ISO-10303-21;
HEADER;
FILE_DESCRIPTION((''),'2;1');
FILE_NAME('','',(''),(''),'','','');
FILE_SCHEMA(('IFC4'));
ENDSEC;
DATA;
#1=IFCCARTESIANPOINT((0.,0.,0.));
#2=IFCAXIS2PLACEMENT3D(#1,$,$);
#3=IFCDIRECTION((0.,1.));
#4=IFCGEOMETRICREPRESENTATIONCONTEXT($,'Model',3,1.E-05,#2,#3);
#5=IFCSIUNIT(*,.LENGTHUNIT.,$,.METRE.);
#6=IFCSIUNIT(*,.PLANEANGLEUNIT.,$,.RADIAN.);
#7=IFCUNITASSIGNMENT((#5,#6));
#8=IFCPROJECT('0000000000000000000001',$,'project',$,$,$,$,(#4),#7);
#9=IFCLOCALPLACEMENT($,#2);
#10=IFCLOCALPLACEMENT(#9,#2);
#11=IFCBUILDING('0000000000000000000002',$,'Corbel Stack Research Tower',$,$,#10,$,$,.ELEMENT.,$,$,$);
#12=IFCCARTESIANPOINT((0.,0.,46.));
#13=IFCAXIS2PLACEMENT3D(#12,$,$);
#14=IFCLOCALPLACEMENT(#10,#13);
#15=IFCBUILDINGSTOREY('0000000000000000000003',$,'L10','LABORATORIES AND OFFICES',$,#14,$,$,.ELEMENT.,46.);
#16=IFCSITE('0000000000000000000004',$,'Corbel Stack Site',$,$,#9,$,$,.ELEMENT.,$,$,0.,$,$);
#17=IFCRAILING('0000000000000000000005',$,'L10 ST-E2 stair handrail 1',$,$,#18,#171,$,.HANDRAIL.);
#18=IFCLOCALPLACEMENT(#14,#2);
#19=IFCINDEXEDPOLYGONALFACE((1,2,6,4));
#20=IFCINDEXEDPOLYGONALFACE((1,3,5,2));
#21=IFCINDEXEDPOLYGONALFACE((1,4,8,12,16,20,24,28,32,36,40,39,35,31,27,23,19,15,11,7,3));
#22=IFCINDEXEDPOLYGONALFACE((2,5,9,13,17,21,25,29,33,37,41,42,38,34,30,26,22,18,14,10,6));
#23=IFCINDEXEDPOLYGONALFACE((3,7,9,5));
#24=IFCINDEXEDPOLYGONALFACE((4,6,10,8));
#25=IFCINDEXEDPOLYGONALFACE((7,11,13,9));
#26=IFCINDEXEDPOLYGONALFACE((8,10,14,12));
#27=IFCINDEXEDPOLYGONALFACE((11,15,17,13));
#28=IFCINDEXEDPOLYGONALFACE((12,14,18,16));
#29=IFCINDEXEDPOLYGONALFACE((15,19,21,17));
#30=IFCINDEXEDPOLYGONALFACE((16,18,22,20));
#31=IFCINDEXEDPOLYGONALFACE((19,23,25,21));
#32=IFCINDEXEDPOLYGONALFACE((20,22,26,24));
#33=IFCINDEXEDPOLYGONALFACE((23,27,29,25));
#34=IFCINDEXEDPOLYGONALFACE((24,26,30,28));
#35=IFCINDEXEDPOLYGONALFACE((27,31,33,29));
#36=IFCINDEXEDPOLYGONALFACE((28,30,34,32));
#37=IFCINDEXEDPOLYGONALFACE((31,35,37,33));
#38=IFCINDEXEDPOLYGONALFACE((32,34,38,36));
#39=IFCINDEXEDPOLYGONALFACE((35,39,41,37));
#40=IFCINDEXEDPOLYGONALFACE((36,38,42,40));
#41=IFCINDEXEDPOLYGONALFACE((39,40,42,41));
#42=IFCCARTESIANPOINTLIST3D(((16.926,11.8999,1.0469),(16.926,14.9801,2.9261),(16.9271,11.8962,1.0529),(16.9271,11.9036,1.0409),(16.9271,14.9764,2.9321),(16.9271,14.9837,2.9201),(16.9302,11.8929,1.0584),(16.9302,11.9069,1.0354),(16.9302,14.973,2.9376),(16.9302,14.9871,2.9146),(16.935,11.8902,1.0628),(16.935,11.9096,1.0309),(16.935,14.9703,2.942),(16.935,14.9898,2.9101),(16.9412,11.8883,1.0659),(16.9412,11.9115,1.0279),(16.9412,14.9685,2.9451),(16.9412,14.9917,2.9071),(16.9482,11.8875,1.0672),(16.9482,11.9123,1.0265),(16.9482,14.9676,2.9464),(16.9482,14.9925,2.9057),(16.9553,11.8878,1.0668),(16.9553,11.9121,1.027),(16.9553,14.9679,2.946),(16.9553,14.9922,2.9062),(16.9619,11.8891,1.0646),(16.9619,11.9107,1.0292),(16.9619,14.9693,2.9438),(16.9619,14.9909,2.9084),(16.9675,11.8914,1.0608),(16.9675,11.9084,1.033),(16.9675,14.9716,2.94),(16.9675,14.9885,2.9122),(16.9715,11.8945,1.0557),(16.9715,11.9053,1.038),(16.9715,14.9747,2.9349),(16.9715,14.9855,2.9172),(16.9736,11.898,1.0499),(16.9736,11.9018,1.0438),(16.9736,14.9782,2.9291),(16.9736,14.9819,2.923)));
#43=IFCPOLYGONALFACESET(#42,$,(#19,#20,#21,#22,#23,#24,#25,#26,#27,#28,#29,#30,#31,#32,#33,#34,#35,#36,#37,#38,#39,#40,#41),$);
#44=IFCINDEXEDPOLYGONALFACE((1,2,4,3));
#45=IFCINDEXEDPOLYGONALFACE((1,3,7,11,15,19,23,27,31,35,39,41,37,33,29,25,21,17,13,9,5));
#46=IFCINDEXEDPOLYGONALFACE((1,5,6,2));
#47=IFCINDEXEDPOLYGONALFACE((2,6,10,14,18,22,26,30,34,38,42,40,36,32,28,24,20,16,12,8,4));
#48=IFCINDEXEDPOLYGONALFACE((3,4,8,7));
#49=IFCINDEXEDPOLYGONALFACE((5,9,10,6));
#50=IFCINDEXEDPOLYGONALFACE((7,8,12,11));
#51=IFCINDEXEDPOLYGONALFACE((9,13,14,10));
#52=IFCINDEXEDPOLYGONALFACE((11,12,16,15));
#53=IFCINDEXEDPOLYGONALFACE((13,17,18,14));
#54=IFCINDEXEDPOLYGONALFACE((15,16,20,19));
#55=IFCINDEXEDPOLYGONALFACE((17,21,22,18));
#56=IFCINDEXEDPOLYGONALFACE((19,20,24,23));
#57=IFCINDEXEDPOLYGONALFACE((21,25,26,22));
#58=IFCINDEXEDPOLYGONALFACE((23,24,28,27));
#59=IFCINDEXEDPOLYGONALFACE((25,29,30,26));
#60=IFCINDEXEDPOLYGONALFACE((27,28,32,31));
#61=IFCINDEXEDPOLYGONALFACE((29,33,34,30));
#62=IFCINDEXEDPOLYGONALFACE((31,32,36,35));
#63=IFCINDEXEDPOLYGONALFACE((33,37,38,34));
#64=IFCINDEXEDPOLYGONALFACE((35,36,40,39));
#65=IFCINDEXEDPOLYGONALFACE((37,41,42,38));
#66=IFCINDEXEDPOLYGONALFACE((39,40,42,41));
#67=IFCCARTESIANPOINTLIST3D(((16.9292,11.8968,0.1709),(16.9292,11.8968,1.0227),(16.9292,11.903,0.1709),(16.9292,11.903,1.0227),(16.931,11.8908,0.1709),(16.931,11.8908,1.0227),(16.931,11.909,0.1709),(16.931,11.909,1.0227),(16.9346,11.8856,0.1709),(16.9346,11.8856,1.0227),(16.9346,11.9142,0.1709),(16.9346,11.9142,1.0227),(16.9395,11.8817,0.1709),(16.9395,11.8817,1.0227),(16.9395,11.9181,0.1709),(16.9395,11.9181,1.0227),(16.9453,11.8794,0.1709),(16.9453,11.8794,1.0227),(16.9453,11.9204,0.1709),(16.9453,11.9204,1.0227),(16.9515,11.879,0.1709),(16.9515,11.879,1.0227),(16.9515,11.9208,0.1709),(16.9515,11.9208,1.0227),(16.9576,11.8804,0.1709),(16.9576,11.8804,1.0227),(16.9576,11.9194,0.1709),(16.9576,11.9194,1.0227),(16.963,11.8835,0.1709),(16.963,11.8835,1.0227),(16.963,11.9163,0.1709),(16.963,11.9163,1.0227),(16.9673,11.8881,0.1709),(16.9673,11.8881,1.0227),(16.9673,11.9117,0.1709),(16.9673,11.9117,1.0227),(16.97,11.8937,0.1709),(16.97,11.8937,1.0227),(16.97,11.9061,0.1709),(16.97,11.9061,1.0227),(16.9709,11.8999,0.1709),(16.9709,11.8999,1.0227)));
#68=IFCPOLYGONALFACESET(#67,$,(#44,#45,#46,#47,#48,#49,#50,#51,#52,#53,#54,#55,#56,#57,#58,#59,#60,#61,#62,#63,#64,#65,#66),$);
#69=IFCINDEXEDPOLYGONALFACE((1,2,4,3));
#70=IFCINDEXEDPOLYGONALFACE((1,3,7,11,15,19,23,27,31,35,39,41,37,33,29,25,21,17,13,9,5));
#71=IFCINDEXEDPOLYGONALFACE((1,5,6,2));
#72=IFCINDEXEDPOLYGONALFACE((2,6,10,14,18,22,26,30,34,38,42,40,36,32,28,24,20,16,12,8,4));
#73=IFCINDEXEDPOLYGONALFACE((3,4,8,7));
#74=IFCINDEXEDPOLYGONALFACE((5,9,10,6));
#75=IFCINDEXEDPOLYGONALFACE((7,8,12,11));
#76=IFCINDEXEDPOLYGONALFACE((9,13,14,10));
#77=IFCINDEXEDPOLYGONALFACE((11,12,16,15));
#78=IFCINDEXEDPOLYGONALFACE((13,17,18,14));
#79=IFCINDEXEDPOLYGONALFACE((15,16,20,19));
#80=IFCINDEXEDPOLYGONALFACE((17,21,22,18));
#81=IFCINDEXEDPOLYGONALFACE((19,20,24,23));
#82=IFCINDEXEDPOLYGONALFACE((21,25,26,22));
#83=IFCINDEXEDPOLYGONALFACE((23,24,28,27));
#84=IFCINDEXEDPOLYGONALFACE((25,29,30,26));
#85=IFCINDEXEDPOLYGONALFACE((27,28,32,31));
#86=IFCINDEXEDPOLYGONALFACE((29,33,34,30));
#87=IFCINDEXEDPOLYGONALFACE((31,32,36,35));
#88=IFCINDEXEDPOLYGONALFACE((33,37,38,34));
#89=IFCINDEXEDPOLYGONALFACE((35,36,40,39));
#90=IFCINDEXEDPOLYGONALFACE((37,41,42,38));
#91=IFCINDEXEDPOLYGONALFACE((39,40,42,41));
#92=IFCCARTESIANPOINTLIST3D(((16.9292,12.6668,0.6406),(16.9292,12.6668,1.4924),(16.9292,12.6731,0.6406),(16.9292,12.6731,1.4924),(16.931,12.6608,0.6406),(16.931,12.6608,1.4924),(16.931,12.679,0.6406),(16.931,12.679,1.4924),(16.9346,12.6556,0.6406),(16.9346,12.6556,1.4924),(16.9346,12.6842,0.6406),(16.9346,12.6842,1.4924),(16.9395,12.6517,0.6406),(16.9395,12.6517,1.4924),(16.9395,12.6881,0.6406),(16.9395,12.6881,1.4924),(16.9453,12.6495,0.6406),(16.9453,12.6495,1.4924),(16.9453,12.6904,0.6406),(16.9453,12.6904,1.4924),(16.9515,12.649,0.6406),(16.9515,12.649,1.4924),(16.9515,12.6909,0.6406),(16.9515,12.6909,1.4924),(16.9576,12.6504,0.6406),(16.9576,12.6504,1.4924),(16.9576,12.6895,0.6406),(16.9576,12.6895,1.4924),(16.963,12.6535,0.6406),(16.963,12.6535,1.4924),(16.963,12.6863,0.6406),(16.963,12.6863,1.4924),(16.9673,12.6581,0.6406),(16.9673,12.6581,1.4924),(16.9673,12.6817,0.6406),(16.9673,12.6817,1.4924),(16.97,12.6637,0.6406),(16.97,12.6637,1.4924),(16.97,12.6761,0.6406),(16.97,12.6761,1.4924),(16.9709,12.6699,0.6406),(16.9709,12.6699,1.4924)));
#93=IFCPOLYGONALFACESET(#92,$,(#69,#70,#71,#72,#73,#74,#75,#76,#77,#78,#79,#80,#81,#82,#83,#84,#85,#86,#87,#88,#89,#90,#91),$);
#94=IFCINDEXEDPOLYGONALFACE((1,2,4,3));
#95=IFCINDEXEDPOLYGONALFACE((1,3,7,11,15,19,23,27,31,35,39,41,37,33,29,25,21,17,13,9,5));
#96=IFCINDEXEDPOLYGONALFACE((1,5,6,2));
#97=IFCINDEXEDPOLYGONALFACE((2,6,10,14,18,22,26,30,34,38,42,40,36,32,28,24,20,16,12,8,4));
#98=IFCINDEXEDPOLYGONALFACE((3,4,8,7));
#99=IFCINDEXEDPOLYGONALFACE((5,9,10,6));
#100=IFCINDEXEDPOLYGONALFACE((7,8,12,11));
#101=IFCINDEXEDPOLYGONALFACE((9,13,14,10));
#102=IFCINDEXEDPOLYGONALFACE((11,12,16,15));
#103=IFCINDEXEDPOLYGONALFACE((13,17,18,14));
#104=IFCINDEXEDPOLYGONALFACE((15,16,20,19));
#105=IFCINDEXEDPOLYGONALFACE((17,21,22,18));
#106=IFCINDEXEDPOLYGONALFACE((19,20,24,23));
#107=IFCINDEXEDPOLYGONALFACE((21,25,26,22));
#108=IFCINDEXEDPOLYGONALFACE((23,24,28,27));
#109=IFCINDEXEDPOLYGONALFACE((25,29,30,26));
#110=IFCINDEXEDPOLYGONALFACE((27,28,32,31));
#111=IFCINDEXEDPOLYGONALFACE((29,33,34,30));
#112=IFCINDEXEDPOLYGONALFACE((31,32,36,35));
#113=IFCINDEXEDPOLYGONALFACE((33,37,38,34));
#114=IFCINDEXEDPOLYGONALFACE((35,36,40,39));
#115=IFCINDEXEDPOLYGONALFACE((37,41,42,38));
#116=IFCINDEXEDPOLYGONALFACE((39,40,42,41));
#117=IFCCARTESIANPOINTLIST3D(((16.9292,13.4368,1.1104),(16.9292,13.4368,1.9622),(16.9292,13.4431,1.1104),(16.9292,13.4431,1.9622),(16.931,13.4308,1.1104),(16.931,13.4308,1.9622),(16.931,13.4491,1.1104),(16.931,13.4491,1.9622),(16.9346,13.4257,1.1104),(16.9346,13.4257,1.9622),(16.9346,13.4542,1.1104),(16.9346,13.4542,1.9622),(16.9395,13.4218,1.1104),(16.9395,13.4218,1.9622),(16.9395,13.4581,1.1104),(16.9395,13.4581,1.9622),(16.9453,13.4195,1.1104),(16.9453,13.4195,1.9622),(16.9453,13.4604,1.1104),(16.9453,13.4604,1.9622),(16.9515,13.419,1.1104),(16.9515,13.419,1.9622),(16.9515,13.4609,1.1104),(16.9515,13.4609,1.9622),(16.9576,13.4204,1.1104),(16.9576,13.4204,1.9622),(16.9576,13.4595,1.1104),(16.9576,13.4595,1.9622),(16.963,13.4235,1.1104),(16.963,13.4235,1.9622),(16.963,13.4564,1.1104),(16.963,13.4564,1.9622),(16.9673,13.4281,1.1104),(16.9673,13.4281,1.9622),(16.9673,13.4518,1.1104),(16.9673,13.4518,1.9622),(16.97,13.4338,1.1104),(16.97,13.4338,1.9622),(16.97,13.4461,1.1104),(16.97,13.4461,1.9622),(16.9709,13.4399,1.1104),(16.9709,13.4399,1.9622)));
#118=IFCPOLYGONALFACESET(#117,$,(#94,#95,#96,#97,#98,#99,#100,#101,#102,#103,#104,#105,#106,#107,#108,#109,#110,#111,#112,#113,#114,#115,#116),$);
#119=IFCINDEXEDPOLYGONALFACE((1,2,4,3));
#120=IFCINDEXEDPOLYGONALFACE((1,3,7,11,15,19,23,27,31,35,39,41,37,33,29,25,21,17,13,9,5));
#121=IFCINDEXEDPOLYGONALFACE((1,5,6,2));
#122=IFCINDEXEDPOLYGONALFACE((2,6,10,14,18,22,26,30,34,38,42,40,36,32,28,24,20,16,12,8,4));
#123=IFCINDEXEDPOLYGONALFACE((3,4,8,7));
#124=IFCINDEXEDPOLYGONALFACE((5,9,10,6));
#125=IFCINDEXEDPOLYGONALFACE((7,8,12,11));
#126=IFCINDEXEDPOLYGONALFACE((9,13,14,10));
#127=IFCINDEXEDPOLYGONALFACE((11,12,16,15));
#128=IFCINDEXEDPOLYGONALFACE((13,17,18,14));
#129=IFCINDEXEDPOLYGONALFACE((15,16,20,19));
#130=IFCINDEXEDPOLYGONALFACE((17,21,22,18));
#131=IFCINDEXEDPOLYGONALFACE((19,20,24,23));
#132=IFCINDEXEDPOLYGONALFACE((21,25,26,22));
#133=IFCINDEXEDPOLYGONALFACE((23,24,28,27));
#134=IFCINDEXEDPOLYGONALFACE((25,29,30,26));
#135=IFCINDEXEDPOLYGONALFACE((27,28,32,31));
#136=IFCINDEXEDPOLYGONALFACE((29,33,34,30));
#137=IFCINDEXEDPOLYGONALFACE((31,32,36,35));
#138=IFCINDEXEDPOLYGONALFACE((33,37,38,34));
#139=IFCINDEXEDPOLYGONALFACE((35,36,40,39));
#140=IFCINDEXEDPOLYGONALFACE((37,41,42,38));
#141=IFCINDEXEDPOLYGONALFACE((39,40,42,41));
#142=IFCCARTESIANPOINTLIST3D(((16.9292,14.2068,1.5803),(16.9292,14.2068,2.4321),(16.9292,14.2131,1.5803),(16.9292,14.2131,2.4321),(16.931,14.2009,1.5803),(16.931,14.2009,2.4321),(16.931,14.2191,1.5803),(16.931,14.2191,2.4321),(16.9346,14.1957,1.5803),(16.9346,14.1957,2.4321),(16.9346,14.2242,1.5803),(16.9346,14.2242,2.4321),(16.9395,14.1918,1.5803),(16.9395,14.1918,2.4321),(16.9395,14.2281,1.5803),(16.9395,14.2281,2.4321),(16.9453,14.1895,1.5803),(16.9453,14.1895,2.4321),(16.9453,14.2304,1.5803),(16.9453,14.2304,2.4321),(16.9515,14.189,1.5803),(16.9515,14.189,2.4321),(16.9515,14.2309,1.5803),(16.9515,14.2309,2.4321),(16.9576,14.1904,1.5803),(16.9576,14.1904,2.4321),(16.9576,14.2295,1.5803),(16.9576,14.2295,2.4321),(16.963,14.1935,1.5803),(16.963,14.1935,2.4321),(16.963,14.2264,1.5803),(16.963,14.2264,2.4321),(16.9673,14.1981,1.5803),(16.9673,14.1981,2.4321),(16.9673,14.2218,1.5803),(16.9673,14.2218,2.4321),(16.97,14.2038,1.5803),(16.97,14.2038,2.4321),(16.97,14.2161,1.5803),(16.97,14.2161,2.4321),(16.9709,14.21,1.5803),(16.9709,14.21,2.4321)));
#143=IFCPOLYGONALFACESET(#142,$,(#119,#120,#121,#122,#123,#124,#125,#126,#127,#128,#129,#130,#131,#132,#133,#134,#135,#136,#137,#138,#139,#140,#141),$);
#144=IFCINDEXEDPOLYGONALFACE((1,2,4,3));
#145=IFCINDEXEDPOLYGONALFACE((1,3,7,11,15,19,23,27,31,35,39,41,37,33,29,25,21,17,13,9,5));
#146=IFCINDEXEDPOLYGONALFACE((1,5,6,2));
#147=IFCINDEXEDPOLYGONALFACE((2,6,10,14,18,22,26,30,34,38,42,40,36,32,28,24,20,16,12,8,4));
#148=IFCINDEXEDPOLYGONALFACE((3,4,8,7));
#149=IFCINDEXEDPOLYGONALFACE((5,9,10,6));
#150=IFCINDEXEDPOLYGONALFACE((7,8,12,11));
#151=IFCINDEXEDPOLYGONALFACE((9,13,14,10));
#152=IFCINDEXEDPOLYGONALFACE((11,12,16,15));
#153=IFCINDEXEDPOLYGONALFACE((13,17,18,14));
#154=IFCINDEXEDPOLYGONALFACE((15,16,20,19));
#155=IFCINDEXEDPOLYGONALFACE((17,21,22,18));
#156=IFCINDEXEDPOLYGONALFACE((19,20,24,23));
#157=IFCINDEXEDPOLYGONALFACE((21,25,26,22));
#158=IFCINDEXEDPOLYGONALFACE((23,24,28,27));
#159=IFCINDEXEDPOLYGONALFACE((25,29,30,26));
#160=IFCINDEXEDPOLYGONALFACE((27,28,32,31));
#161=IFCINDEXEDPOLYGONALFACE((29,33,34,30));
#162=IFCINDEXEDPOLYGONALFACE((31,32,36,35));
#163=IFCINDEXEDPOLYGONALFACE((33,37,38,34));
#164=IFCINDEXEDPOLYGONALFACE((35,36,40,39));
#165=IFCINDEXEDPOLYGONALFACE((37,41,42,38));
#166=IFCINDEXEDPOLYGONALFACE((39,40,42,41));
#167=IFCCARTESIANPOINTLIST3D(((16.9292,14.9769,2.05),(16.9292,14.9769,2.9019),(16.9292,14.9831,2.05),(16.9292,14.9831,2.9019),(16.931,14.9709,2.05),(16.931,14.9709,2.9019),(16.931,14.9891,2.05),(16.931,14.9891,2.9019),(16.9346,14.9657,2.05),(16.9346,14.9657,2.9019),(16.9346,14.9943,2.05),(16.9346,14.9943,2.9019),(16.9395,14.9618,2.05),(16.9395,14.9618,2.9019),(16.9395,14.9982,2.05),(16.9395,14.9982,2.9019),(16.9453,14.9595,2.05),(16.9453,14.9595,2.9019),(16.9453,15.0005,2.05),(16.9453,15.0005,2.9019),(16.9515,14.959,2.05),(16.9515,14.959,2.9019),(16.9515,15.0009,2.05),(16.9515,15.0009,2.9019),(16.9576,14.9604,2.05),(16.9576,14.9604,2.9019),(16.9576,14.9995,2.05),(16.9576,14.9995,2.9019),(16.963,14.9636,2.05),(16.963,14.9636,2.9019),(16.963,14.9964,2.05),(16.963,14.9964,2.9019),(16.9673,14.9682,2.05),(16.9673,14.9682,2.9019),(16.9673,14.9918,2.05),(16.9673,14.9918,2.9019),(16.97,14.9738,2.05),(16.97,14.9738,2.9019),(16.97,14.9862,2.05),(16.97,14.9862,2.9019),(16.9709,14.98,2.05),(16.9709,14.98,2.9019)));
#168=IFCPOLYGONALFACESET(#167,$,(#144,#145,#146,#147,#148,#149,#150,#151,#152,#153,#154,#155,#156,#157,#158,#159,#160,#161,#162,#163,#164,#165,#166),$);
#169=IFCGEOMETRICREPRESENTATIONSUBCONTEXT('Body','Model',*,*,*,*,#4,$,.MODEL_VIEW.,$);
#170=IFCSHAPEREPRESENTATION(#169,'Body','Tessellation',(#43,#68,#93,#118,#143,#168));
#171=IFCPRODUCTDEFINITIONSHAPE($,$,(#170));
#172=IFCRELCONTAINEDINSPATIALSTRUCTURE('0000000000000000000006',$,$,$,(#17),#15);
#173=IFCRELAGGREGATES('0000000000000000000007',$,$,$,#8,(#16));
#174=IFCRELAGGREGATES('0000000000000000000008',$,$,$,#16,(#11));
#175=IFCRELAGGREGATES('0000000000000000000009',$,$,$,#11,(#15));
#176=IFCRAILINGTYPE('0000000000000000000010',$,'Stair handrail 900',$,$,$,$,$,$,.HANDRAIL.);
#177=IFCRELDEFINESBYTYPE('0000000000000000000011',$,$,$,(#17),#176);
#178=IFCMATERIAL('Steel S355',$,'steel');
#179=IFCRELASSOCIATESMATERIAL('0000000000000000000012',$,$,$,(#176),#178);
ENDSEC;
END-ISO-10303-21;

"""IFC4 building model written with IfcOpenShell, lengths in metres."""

from ifc_helpers import new_model, si_unit, direction, frame, origin, origin_2d, place, context, subcontext, project, spatial, circle, extrude, material, type_object, element, save


model = new_model("IFC4")

# Units and contexts
model_context = context("Model", 3, precision=1e-05, world=origin(), true_north=direction((0.0, 1.0)))
body_context = subcontext(model_context, "Body", "Model", "MODEL_VIEW")
ifc_project = project(units=[si_unit("LENGTHUNIT", "METRE"), si_unit("PLANEANGLEUNIT", "RADIAN")], contexts=[model_context])

# Site, building, storey
site_placement = place(None, origin())
site = spatial("IfcSite", under=ifc_project, at=site_placement, Name="Corbel Stack Site", CompositionType="ELEMENT", RefElevation=0.0)
building_placement = place(site_placement, origin())
building = spatial("IfcBuilding", under=site, at=building_placement, Name="Corbel Stack Research Tower", CompositionType="ELEMENT")
storey_placement = place(building_placement, frame((0.0, 0.0, 46.0)))
storey = spatial("IfcBuildingStorey", under=building, at=storey_placement, Name="L10", Description="LABORATORIES AND OFFICES", CompositionType="ELEMENT", Elevation=46.0)

# Railing
ifc_material_1 = material(Name="Steel S355", Category="steel")
railing_type_1 = type_object("IfcRailingType", Name="Stair handrail 900", PredefinedType="HANDRAIL", material=ifc_material_1)
railing_1_placement = place(storey_placement, frame((16.95, 11.8999, 0.1709)))
element("IfcRailing", 1, at=railing_1_placement, inside=storey, type_object=railing_type_1, Name="L10 ST-E2 stair handrail 1", PredefinedType="HANDRAIL", context=body_context, shape_type="SweptSolid", body=[
    extrude(circle(Radius=0.0239, at=origin_2d()), frame((0.0, 0.0, 0.876), z_axis=(0.0, 0.853666, 0.52082), x_axis=(-1.0, 0.0, 0.0)), (0.0, 0.0, 1.0), 3.6082),
    extrude(circle(Radius=0.021, at=origin_2d()), origin(), (0.0, 0.0, 1.0), 0.8518),
    extrude(circle(Radius=0.021, at=origin_2d()), frame((0.0, 0.77, 0.4697)), (0.0, 0.0, 1.0), 0.8518),
    extrude(circle(Radius=0.021, at=origin_2d()), frame((0.0, 1.54, 0.9395)), (0.0, 0.0, 1.0), 0.8518),
    extrude(circle(Radius=0.021, at=origin_2d()), frame((0.0, 2.3101, 1.4094)), (0.0, 0.0, 1.0), 0.8518),
    extrude(circle(Radius=0.021, at=origin_2d()), frame((0.0, 3.0801, 1.8792)), (0.0, 0.0, 1.0), 0.8518),
])

save(model, "model.ifc")
